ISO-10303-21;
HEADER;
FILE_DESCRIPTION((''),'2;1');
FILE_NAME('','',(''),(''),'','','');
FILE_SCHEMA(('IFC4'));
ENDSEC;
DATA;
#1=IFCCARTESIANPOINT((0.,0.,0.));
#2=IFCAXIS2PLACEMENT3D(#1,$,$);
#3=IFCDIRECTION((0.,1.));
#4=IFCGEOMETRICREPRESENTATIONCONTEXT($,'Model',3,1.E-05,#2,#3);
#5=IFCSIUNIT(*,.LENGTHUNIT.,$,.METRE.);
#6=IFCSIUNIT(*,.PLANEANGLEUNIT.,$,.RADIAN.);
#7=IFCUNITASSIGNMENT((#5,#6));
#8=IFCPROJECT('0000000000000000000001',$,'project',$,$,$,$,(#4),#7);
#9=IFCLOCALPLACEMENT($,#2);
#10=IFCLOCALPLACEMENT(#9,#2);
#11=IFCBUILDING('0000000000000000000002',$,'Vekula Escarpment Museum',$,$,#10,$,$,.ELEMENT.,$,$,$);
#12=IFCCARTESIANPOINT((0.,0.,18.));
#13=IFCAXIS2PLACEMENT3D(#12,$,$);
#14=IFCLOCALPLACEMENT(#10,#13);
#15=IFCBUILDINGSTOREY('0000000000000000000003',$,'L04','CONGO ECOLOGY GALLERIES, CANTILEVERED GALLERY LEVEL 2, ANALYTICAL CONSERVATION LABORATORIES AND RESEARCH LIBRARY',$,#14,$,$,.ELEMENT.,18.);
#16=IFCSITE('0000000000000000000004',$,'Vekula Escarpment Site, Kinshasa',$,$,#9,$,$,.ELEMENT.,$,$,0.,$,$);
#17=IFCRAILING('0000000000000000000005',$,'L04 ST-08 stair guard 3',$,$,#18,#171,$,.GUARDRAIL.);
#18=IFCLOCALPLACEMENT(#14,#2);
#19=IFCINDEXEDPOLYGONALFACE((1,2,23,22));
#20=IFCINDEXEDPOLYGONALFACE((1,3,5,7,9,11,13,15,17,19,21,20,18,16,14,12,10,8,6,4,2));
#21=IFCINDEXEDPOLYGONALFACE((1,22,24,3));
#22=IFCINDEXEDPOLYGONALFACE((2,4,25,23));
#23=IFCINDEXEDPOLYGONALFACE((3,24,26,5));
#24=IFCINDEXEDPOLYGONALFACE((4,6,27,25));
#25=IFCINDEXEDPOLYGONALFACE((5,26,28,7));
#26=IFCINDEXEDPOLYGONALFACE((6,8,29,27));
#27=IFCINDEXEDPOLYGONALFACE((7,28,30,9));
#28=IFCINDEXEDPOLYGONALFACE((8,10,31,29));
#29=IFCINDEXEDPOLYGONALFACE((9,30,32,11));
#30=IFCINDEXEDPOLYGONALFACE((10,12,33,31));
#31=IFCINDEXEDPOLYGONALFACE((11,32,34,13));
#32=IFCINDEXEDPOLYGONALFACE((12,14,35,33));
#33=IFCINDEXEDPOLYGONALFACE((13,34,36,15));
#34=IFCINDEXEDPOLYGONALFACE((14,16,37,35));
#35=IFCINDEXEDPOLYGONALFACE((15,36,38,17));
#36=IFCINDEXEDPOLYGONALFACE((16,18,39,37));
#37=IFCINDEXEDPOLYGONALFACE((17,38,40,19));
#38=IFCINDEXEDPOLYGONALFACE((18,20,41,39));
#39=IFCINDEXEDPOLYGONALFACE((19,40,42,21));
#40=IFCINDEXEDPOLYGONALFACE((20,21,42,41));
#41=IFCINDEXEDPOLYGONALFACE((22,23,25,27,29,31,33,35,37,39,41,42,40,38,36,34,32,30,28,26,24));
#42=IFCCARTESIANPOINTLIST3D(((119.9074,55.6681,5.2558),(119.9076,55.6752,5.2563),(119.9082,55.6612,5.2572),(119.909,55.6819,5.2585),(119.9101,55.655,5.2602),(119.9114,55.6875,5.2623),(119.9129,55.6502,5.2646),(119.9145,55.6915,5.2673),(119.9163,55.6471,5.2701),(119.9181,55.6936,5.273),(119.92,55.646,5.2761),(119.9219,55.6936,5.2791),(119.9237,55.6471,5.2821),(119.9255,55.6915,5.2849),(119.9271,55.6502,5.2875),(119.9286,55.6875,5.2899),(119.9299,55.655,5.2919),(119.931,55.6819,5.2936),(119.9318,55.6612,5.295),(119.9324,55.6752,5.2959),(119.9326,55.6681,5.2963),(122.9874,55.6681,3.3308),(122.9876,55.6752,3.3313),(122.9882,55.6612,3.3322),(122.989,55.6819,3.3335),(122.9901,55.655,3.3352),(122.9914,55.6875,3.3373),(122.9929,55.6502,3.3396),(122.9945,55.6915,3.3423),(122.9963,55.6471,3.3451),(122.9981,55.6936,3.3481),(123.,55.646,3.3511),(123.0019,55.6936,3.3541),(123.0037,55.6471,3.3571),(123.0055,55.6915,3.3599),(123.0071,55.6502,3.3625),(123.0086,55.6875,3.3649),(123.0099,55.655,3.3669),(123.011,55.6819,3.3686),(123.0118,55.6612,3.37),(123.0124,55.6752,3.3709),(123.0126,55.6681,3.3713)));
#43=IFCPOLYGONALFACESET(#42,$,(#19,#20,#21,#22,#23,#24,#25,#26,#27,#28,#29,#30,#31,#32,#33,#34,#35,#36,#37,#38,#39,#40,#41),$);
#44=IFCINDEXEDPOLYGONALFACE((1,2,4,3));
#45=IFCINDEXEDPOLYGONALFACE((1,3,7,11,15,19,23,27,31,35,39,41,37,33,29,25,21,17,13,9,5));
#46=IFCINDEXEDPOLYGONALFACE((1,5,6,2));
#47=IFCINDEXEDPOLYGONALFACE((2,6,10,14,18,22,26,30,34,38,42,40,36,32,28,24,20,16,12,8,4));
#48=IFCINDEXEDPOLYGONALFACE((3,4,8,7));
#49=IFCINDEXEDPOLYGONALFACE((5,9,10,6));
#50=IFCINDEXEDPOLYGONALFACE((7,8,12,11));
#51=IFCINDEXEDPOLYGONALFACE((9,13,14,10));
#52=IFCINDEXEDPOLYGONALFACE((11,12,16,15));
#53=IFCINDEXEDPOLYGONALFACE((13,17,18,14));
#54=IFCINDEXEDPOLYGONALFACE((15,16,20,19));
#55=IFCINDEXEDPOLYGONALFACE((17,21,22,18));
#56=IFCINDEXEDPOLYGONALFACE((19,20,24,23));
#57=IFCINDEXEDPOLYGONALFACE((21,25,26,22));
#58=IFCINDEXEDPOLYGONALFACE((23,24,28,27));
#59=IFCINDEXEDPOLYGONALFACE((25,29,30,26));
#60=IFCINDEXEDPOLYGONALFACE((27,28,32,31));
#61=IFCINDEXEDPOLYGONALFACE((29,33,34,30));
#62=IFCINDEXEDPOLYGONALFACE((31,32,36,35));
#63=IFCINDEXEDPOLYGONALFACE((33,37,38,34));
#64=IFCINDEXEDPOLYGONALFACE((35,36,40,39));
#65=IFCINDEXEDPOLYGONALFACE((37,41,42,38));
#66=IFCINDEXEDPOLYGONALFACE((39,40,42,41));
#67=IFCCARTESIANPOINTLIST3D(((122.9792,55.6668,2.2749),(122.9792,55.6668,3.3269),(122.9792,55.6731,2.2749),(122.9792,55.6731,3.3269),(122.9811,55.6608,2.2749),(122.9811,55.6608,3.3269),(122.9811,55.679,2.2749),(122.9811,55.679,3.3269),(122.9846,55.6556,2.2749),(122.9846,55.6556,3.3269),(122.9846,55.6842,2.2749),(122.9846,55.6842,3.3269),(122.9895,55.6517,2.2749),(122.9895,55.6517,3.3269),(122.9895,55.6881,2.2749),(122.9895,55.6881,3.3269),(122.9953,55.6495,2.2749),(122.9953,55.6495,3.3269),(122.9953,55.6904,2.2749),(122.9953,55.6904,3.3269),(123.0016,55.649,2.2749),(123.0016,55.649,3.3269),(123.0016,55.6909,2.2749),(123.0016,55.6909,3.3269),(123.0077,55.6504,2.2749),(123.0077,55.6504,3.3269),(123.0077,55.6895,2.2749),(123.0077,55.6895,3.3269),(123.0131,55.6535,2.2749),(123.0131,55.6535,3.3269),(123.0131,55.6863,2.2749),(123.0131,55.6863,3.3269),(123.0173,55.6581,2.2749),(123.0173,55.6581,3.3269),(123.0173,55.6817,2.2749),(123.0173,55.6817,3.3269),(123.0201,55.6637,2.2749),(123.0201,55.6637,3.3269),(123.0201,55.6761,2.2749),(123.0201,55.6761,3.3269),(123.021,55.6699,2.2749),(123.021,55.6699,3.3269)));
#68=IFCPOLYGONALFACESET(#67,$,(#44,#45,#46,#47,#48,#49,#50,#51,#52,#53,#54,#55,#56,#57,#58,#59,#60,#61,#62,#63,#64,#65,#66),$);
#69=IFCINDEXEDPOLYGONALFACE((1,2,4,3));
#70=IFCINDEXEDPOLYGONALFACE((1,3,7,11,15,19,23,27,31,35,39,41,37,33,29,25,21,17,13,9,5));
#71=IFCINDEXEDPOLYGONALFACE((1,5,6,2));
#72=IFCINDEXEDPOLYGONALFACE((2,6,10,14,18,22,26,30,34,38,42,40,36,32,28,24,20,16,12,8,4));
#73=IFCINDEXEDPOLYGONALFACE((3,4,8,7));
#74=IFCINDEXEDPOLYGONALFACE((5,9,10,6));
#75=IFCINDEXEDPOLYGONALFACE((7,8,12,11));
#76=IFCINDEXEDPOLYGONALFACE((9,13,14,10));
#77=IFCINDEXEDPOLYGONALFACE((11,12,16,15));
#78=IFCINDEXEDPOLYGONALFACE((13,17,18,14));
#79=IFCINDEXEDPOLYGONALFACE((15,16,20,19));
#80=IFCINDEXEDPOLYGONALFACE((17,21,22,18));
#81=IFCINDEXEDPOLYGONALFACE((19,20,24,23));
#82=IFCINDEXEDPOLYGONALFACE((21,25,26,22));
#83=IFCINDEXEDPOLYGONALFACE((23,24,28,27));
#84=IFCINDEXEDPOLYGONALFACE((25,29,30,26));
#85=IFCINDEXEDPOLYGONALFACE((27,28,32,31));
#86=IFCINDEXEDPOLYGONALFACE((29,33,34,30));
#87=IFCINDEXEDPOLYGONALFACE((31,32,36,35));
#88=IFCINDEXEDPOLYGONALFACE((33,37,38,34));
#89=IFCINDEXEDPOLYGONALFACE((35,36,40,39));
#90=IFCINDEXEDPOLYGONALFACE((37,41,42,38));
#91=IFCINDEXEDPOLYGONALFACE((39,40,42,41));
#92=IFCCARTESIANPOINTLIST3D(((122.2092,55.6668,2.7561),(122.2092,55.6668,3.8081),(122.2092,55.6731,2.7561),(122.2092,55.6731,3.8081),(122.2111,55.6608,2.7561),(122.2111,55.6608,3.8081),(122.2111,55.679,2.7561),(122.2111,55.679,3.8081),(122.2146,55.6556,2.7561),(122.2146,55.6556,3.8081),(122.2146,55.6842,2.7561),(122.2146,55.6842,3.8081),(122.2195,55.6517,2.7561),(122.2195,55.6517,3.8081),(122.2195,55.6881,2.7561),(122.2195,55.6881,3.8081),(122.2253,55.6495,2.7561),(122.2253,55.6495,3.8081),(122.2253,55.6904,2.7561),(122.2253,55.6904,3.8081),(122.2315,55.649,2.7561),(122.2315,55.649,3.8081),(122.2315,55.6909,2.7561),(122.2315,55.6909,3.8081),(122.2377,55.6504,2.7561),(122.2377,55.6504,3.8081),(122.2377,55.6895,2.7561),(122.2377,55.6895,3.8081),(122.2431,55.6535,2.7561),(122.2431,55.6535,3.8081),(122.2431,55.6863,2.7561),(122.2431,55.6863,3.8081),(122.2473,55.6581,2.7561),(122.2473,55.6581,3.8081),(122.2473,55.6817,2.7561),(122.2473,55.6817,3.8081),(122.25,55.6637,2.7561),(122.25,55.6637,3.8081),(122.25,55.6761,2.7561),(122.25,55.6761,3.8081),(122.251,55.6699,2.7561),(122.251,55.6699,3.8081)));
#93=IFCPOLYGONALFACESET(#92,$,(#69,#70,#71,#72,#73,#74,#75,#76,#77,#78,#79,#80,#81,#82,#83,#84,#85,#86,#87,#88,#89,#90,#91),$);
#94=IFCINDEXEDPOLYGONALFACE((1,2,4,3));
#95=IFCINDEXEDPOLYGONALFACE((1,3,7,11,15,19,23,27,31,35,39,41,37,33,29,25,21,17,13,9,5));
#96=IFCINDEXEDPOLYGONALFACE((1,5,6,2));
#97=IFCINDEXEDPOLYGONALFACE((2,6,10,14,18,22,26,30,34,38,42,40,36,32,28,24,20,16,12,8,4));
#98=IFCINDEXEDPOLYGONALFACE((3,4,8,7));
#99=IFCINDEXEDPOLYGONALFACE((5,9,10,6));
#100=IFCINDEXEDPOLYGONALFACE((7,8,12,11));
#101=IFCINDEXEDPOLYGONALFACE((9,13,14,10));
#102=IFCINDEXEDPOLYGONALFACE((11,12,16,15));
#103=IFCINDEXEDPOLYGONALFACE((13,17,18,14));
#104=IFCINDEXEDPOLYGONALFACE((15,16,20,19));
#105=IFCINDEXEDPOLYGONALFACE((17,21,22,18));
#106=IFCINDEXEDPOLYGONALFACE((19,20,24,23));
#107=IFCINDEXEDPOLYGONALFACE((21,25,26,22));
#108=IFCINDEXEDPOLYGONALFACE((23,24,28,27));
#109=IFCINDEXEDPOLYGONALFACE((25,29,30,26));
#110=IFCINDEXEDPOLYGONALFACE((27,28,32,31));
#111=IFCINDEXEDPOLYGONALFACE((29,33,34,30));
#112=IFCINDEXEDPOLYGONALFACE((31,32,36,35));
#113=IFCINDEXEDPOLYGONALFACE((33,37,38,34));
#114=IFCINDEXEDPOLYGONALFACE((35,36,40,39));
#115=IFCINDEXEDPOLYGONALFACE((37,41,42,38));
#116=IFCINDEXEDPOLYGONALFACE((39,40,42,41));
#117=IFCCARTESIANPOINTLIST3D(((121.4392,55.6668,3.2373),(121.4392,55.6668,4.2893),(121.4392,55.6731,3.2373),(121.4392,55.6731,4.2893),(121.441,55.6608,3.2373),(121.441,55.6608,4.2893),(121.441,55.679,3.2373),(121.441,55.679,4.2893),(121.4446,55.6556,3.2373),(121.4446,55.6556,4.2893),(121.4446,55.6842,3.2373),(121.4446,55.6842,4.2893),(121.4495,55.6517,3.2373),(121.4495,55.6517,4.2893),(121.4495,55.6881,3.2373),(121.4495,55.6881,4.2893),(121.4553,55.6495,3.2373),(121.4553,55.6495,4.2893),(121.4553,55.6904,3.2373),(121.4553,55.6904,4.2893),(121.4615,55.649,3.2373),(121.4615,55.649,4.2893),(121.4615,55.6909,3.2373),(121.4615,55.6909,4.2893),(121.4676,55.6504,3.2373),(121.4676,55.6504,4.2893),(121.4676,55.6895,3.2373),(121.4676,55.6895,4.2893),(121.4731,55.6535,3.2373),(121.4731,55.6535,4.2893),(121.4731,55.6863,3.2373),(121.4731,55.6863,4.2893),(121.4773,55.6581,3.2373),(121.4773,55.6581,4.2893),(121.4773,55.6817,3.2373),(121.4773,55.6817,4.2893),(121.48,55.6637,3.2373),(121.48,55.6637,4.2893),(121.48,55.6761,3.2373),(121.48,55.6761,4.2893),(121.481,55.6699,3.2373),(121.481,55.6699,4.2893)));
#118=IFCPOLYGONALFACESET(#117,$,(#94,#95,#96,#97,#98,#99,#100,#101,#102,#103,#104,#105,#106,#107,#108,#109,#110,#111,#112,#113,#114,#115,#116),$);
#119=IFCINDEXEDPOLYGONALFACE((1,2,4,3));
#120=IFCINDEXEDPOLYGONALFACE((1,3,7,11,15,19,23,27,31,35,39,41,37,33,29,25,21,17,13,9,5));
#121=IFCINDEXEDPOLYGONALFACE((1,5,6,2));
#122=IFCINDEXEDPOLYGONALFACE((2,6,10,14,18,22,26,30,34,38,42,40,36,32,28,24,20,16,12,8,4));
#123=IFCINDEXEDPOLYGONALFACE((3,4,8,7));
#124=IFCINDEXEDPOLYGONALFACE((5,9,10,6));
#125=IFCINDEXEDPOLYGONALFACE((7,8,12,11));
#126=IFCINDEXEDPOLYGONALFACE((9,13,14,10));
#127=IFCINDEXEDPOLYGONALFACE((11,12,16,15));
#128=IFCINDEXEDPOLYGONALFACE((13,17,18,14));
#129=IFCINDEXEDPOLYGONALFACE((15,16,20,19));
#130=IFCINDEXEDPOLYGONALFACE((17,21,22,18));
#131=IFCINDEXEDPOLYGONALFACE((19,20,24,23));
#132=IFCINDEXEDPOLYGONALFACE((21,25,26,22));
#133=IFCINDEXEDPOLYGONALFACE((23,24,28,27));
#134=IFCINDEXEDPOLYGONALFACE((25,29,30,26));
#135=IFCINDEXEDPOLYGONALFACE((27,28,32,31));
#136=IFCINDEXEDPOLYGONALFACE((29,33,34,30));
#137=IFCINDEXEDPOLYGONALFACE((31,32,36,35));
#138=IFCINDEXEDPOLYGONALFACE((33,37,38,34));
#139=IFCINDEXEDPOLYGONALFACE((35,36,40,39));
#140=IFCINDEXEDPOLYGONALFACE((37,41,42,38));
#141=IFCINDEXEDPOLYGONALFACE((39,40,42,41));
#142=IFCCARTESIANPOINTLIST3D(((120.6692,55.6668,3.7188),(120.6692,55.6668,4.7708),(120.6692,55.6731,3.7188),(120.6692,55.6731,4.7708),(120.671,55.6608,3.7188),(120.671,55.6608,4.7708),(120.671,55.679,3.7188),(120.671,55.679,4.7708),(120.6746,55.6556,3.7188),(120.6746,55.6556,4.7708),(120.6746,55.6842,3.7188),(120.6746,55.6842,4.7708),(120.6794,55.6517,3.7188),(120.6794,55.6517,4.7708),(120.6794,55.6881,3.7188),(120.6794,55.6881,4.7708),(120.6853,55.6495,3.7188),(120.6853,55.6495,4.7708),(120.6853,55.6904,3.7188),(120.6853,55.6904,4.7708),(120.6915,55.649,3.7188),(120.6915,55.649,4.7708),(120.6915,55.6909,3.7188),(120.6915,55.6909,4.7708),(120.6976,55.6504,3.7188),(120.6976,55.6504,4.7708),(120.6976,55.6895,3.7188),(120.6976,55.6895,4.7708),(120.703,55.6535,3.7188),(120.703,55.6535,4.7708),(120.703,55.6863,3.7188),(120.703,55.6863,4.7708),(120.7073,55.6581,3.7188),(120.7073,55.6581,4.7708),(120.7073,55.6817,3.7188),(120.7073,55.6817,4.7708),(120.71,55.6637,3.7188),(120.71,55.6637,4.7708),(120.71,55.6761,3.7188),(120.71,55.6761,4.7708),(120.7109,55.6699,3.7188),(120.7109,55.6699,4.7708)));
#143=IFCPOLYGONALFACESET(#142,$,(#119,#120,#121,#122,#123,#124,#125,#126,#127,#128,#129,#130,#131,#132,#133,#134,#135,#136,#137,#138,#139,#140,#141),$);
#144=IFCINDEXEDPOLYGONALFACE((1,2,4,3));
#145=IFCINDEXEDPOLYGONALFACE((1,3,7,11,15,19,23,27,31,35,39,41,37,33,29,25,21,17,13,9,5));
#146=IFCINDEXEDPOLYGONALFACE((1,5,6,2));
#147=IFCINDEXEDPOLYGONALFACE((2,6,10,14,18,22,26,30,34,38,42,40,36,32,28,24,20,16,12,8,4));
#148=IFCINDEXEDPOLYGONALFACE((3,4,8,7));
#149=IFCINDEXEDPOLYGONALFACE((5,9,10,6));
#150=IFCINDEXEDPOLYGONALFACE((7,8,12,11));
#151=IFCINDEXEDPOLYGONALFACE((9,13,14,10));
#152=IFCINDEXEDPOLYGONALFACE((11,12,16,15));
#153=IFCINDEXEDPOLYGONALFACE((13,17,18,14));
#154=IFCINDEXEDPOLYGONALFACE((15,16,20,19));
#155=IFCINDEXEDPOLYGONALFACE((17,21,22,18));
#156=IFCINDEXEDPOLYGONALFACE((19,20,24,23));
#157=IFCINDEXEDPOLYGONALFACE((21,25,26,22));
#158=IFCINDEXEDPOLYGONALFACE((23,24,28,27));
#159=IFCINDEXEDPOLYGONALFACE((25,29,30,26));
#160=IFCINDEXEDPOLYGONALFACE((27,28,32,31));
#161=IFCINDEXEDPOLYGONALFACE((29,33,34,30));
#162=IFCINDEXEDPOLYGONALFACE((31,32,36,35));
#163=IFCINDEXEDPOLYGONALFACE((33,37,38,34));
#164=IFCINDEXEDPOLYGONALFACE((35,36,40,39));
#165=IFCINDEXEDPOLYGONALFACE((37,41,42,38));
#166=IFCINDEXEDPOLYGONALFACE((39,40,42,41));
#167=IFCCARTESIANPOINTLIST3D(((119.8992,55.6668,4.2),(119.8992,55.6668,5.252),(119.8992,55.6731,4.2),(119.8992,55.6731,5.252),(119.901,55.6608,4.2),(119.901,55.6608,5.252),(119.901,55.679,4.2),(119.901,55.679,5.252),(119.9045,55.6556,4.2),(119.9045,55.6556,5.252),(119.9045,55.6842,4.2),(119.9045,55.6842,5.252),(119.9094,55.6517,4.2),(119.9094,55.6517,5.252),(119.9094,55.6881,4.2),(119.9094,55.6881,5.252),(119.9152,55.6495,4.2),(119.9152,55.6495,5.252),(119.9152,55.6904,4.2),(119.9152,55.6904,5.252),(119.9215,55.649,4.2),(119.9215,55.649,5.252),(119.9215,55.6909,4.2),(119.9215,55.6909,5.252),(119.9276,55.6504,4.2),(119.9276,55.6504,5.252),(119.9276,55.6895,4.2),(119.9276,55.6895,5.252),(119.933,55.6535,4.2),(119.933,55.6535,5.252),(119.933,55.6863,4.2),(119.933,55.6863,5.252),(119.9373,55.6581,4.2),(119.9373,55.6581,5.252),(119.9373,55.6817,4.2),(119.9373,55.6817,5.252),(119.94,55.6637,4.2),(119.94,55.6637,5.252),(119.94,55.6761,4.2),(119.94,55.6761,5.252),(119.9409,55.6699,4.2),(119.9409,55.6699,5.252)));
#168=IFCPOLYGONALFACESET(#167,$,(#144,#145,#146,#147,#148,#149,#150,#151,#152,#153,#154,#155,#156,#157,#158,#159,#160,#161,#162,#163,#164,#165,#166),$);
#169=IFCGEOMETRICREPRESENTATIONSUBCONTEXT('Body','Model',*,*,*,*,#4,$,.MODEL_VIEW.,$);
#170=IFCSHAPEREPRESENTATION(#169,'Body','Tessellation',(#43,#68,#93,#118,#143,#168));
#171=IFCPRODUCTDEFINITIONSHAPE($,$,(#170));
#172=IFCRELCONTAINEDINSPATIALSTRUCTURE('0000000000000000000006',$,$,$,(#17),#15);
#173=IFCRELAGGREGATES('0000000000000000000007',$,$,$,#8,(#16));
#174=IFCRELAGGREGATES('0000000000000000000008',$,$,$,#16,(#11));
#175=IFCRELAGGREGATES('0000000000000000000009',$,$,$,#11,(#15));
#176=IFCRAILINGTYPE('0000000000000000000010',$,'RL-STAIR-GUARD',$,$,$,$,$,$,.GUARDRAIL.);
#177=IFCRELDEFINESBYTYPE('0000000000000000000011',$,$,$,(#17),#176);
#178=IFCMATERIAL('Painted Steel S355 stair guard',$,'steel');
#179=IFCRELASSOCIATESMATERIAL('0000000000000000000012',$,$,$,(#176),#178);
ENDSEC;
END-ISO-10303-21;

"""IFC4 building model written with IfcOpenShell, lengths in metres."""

from ifc_helpers import new_model, si_unit, direction, frame, origin, origin_2d, place, context, subcontext, project, spatial, circle, extrude, material, type_object, element, save


model = new_model("IFC4")

# Units and contexts
model_context = context("Model", 3, precision=1e-05, world=origin(), true_north=direction((0.0, 1.0)))
body_context = subcontext(model_context, "Body", "Model", "MODEL_VIEW")
ifc_project = project(units=[si_unit("LENGTHUNIT", "METRE"), si_unit("PLANEANGLEUNIT", "RADIAN")], contexts=[model_context])

# Site, building, storey
site_placement = place(None, origin())
site = spatial("IfcSite", under=ifc_project, at=site_placement, Name="Vekula Escarpment Site, Kinshasa", CompositionType="ELEMENT", RefElevation=0.0)
building_placement = place(site_placement, origin())
building = spatial("IfcBuilding", under=site, at=building_placement, Name="Vekula Escarpment Museum", CompositionType="ELEMENT")
storey_placement = place(building_placement, frame((0.0, 0.0, 18.0)))
storey = spatial("IfcBuildingStorey", under=building, at=storey_placement, Name="L04", Description="CONGO ECOLOGY GALLERIES, CANTILEVERED GALLERY LEVEL 2, ANALYTICAL CONSERVATION LABORATORIES AND RESEARCH LIBRARY", CompositionType="ELEMENT", Elevation=18.0)

# Railing
ifc_material_1 = material(Name="Painted Steel S355 stair guard", Category="steel")
railing_type_1 = type_object("IfcRailingType", Name="RL-STAIR-GUARD", PredefinedType="GUARDRAIL", material=ifc_material_1)
railing_1_placement = place(storey_placement, frame((123.0, 55.6699, 2.2749)))
element("IfcRailing", 1, at=railing_1_placement, inside=storey, type_object=railing_type_1, Name="L04 ST-08 stair guard 3", PredefinedType="GUARDRAIL", context=body_context, shape_type="SweptSolid", body=[
    extrude(circle(Radius=0.0239, at=origin_2d()), frame((0.0, 0.0, 1.0762), z_axis=(-0.847998, 0.0, 0.529999), x_axis=(0.0, -1.0, 0.0)), (0.0, 0.0, 1.0), 3.6321),
    extrude(circle(Radius=0.021, at=origin_2d()), origin(), (0.0, 0.0, 1.0), 1.052),
    extrude(circle(Radius=0.021, at=origin_2d()), frame((-0.77, 0.0, 0.4812)), (0.0, 0.0, 1.0), 1.052),
    extrude(circle(Radius=0.021, at=origin_2d()), frame((-1.54, 0.0, 0.9624)), (0.0, 0.0, 1.0), 1.052),
    extrude(circle(Radius=0.021, at=origin_2d()), frame((-2.3101, 0.0, 1.4438)), (0.0, 0.0, 1.0), 1.052),
    extrude(circle(Radius=0.021, at=origin_2d()), frame((-3.0801, 0.0, 1.925)), (0.0, 0.0, 1.0), 1.052),
])

save(model, "model.ifc")
